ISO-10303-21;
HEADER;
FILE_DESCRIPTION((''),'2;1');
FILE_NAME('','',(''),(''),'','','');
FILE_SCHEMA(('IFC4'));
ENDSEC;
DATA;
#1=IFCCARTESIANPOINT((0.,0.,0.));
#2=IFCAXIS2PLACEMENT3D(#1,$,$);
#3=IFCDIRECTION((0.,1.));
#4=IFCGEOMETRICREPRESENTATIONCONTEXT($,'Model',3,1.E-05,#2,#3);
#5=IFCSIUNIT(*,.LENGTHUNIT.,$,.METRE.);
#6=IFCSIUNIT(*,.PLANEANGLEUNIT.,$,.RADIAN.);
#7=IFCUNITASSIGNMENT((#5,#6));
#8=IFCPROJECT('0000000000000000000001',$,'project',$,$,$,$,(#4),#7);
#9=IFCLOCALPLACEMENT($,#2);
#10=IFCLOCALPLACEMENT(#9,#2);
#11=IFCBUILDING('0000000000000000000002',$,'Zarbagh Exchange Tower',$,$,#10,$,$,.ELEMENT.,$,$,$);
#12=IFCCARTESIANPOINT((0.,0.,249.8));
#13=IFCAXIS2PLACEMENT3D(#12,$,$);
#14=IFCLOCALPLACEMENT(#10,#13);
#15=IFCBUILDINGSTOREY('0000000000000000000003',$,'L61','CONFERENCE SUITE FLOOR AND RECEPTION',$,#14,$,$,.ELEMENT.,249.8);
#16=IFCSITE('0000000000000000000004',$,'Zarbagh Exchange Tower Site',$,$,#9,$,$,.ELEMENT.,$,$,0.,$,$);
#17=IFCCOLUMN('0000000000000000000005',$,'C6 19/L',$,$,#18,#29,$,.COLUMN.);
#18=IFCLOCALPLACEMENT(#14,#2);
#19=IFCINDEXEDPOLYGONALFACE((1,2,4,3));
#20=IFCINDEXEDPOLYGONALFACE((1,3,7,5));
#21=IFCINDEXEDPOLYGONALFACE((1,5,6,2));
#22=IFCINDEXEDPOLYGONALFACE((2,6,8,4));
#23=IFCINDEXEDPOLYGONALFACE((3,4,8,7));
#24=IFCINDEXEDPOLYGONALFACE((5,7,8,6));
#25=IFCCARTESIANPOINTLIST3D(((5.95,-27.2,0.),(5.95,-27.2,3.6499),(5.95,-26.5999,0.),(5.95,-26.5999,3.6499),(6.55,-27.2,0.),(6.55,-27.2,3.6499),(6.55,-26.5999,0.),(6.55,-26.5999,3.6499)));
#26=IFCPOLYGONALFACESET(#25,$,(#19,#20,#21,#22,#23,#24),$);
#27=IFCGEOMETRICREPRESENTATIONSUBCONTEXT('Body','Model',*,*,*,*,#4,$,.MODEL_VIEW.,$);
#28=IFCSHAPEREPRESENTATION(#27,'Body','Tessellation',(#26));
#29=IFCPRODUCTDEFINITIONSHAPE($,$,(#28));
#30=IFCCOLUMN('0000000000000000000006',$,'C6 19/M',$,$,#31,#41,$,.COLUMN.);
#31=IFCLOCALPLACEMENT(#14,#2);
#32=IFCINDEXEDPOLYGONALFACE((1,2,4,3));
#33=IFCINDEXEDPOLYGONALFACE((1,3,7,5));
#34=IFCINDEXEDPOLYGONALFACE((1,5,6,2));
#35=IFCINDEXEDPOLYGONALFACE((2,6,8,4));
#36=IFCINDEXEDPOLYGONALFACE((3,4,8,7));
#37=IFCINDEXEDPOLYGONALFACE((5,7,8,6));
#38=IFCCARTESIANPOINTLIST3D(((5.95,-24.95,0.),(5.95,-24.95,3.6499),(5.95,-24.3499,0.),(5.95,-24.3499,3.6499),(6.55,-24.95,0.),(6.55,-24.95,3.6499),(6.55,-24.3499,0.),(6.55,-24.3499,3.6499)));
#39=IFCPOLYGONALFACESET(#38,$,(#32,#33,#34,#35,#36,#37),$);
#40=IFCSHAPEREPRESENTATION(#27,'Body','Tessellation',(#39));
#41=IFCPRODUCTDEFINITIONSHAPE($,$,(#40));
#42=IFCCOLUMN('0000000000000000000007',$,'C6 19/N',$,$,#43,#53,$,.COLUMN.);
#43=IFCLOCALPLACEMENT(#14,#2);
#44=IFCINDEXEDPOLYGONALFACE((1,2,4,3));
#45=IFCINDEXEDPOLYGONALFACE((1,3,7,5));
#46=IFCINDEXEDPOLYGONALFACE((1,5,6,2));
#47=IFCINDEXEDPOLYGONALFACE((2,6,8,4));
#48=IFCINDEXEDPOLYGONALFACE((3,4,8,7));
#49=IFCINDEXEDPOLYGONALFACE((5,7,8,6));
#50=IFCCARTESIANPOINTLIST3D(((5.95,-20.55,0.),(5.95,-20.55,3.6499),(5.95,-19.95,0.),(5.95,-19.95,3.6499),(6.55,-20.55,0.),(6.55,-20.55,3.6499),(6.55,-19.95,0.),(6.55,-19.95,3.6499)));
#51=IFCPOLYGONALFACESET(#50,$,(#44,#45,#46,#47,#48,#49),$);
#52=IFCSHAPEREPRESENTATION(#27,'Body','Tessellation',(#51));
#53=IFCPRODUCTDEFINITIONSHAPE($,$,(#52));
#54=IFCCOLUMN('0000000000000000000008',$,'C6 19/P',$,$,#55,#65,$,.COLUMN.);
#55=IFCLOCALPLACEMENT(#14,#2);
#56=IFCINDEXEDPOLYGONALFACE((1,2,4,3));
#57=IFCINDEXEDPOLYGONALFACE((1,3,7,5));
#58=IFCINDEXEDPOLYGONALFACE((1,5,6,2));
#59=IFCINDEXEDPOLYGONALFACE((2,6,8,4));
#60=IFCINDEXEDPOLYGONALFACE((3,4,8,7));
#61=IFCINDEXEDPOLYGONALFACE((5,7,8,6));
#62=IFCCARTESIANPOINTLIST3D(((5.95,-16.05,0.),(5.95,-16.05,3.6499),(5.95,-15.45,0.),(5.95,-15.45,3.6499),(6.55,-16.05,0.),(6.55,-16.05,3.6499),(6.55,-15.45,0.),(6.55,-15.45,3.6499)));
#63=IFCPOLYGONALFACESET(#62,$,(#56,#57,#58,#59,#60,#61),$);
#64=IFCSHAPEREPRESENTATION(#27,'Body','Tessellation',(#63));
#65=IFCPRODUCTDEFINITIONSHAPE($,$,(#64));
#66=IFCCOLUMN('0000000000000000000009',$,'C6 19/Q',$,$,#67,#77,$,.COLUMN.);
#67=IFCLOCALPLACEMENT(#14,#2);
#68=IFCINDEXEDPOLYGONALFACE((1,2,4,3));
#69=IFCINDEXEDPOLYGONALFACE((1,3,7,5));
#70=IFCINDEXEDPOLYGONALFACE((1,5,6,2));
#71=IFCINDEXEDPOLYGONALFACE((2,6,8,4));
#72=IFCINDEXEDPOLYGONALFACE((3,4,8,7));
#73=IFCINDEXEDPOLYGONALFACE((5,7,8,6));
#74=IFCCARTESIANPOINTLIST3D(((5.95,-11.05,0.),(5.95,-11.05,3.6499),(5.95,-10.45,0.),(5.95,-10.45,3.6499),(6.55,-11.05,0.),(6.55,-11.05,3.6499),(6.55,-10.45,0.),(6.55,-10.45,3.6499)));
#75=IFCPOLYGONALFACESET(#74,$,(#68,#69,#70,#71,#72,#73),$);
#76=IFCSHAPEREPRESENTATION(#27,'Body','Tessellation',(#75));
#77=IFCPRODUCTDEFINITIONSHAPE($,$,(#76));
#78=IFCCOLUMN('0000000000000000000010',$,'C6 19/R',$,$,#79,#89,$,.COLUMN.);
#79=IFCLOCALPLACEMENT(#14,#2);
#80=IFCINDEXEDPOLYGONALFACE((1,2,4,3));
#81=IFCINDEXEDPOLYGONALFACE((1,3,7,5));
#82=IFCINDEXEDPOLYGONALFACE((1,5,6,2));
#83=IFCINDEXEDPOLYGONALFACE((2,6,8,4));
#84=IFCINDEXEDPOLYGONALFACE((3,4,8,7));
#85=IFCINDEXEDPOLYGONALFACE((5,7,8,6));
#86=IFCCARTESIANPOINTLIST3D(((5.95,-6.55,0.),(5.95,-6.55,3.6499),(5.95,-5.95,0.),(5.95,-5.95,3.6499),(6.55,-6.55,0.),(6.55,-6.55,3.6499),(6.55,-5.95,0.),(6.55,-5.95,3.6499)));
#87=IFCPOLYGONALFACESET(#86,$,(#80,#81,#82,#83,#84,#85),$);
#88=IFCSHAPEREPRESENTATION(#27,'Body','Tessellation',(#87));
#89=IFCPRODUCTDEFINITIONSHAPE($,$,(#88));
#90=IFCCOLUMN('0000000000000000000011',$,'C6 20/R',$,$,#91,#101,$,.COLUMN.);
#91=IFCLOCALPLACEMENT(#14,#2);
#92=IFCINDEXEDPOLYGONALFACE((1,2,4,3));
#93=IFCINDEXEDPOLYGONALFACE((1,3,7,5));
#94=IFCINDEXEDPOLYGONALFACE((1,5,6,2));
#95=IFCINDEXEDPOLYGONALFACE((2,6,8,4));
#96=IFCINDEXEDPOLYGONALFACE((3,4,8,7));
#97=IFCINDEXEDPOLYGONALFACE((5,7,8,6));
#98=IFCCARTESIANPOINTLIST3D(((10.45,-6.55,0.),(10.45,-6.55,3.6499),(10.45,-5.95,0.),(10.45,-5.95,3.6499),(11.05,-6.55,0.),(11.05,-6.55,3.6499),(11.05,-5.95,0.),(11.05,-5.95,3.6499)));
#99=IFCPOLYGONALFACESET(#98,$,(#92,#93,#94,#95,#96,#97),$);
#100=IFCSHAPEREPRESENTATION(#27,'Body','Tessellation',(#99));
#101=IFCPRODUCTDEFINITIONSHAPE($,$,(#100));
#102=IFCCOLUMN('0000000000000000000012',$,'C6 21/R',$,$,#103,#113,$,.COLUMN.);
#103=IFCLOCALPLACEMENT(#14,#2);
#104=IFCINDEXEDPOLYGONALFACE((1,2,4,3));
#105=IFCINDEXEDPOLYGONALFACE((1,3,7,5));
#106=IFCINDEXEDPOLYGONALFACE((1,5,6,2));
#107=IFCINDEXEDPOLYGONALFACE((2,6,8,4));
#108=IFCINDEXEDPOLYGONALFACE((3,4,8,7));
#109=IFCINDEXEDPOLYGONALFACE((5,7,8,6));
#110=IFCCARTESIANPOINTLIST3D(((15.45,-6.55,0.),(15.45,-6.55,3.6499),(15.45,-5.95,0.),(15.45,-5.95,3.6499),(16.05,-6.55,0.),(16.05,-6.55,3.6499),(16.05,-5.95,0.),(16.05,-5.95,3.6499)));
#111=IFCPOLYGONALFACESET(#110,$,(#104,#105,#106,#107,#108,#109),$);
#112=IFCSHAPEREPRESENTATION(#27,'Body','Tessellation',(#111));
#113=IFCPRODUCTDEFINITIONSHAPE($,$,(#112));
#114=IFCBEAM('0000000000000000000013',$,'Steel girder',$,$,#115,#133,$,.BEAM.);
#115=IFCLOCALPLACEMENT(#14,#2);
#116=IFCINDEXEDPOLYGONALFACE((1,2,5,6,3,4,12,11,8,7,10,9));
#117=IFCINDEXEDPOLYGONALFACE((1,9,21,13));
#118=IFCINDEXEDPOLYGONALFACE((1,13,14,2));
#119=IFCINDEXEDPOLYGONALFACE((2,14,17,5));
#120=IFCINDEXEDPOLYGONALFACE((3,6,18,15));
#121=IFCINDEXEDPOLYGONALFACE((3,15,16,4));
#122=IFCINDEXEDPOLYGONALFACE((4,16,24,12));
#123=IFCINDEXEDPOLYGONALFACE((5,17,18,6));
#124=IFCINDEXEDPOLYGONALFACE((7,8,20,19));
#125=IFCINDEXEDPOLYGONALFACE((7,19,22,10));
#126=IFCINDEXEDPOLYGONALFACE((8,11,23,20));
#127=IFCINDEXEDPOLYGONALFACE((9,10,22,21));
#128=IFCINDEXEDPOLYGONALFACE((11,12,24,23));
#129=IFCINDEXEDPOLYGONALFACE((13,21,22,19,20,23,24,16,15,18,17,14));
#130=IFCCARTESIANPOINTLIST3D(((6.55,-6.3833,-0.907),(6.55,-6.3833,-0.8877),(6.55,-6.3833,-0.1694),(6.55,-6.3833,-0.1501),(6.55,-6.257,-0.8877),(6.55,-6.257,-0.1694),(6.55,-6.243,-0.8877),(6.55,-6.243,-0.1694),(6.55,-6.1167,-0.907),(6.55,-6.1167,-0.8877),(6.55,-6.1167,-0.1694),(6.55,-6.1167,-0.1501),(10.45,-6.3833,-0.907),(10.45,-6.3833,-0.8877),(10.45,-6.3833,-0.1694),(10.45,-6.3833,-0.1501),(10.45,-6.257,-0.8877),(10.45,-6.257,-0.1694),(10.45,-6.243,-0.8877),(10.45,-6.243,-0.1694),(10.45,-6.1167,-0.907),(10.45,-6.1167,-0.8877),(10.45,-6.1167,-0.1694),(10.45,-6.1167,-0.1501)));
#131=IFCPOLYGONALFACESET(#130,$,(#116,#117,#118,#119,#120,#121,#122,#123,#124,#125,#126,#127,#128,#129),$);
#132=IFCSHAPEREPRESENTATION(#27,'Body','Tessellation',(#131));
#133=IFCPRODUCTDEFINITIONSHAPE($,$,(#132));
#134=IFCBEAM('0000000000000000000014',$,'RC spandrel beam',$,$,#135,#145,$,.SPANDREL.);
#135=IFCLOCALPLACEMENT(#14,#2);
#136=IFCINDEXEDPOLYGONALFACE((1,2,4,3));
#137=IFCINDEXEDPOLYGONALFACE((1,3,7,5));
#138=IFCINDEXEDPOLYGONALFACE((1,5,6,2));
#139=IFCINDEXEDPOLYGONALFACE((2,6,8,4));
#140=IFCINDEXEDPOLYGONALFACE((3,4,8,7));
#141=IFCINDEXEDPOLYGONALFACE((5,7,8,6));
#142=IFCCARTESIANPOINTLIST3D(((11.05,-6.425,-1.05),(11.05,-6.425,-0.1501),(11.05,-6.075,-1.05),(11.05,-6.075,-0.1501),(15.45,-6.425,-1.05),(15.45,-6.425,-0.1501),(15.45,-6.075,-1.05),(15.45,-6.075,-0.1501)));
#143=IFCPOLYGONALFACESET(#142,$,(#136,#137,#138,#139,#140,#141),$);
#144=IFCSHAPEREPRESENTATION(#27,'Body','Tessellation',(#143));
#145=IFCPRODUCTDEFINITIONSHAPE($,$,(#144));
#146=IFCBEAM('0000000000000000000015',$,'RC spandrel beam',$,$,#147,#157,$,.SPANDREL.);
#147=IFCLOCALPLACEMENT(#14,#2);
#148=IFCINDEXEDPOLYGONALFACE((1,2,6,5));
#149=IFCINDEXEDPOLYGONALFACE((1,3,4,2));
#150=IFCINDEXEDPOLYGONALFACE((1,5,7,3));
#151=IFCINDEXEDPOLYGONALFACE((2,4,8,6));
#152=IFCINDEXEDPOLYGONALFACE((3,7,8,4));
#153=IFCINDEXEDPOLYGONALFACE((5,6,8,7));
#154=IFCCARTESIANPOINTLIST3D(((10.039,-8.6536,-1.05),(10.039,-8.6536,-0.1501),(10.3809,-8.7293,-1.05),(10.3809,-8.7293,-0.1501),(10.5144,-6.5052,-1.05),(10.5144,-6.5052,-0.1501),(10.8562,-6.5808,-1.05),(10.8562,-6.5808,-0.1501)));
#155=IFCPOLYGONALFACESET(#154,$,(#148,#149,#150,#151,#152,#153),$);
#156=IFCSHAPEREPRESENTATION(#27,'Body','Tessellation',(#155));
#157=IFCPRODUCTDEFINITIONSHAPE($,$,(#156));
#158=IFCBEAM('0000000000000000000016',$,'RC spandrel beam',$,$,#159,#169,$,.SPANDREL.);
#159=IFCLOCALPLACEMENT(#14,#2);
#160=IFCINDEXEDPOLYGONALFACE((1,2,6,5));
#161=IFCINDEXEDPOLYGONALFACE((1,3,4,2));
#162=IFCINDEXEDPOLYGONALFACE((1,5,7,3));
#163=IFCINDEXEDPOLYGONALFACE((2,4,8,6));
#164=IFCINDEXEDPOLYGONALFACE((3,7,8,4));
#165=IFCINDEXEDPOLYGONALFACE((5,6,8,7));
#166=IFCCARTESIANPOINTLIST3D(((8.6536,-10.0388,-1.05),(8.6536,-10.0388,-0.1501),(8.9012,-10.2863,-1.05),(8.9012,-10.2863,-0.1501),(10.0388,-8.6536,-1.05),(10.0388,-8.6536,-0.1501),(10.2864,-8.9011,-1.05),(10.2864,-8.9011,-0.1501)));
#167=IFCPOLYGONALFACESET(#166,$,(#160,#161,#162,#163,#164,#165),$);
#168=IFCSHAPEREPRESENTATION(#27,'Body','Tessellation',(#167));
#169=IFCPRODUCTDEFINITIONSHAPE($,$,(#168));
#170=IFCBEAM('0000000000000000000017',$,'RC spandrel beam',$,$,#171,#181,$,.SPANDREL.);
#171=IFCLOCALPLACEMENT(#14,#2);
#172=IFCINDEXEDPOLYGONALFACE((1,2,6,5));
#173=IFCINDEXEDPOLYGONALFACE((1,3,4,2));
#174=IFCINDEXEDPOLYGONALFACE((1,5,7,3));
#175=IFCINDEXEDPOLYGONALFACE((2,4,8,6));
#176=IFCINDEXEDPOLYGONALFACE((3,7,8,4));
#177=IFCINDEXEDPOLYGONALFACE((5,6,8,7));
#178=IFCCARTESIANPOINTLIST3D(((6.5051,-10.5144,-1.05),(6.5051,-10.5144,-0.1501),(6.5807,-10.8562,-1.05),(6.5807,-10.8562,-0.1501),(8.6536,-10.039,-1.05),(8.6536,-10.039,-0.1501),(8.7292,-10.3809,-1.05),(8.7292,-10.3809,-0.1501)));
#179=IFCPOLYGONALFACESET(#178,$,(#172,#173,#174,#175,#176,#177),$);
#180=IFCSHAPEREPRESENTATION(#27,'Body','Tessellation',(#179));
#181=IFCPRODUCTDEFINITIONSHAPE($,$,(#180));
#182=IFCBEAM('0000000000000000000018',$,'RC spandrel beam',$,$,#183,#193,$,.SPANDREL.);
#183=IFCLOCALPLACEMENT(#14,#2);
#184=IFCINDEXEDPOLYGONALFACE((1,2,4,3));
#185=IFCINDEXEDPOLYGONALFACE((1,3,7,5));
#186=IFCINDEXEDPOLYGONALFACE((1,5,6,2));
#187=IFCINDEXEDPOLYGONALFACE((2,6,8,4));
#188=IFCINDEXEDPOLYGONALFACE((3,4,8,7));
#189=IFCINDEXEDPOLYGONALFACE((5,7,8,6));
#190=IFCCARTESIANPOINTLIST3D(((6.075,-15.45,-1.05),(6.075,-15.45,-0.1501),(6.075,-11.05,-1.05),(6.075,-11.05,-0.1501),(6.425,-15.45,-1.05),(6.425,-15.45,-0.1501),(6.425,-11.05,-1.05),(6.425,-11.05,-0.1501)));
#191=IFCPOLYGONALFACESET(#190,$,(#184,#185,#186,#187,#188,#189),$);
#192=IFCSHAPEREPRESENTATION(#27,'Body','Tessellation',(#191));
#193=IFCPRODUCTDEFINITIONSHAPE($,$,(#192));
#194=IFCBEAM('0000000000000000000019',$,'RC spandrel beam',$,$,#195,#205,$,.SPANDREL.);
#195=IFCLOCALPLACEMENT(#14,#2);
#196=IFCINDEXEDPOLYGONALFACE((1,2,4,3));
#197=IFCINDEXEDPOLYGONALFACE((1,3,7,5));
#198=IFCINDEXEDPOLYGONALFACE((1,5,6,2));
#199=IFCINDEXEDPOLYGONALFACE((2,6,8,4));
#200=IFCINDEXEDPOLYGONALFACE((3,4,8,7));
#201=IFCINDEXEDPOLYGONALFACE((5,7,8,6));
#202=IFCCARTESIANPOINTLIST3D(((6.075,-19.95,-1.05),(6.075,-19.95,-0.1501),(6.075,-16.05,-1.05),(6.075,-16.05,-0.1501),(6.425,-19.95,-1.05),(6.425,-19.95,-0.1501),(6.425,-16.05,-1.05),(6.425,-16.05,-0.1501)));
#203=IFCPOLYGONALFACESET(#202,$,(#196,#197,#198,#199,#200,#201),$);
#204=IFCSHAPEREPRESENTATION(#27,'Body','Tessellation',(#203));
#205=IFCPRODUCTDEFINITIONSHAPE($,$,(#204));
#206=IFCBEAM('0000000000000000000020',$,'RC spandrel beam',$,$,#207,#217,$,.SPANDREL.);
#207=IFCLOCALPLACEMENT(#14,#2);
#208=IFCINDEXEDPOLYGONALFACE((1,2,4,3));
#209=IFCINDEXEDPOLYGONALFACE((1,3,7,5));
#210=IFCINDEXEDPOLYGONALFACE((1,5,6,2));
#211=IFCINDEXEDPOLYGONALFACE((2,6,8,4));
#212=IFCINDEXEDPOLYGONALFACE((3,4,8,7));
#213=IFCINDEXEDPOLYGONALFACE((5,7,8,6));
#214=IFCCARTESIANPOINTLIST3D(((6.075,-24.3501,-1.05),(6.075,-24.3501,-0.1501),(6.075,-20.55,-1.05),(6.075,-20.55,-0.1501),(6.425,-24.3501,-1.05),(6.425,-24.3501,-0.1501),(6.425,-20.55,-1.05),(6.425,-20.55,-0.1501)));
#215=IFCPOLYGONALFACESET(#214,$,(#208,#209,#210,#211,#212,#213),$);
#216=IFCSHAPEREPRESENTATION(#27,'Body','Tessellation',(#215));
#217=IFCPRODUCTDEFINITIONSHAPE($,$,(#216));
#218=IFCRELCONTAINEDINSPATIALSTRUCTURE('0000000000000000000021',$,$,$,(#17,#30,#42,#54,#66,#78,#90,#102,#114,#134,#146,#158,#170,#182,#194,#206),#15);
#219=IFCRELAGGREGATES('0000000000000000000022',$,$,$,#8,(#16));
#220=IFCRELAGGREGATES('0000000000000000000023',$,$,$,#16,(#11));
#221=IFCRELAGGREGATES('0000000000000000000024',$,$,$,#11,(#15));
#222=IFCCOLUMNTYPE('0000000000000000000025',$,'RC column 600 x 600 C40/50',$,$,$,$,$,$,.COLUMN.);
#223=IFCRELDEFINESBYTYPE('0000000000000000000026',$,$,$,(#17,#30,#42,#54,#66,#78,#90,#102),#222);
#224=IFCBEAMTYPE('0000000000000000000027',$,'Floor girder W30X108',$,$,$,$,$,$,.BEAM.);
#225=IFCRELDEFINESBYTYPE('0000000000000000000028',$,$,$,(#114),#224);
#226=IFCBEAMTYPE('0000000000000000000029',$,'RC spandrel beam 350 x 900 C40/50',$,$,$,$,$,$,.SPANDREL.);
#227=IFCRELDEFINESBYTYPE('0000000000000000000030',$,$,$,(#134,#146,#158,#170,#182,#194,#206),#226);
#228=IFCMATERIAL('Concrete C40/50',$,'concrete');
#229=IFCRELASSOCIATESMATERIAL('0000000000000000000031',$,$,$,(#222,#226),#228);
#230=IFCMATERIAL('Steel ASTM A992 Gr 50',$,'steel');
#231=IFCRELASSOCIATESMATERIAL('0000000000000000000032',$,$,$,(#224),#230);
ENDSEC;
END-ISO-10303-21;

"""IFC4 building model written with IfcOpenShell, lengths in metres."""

from ifc_helpers import new_model, si_unit, direction, frame, origin, origin_2d, place, context, subcontext, project, spatial, rectangle, i_section, extrude, material, material_profile, profile_set, type_object, element, save


model = new_model("IFC4")

# Units and contexts
model_context = context("Model", 3, precision=1e-05, world=origin(), true_north=direction((0.0, 1.0)))
body_context = subcontext(model_context, "Body", "Model", "MODEL_VIEW")
ifc_project = project(units=[si_unit("LENGTHUNIT", "METRE"), si_unit("PLANEANGLEUNIT", "RADIAN")], contexts=[model_context])

# Site, building, storey
site_placement = place(None, origin())
site = spatial("IfcSite", under=ifc_project, at=site_placement, Name="Zarbagh Exchange Tower Site", CompositionType="ELEMENT", RefElevation=0.0)
building_placement = place(site_placement, origin())
building = spatial("IfcBuilding", under=site, at=building_placement, Name="Zarbagh Exchange Tower", CompositionType="ELEMENT")
storey_placement = place(building_placement, frame((0.0, 0.0, 249.8)))
storey = spatial("IfcBuildingStorey", under=building, at=storey_placement, Name="L61", Description="CONFERENCE SUITE FLOOR AND RECEPTION", CompositionType="ELEMENT", Elevation=249.8)

# Columns
ifc_material_1 = material(Name="Concrete C40/50", Category="concrete")
ifc_material_profile_1 = material_profile(ifc_material_1, rectangle(XDim=0.6001, YDim=0.6001, at=origin_2d()), Name="RC column 600 x 600 C40/50")
ifc_profile_set_1 = profile_set([ifc_material_profile_1], Name="Concrete C40/50")
column_type = type_object("IfcColumnType", Name="RC column 600 x 600 C40/50", PredefinedType="COLUMN", material=ifc_profile_set_1)
for number, where, z_axis, x_axis, name in (
    (1, (6.25, -26.8999, 0.0), (0.0, 0.0, 1.0), (1.0, 0.0, 0.0), "C6 19/L"),
    (2, (6.25, -24.6499, 0.0), (0.0, 0.0, 1.0), (1.0, 0.0, 0.0), "C6 19/M"),
    (3, (6.25, -20.25, 0.0), (0.0, 0.0, 1.0), (1.0, 0.0, 0.0), "C6 19/N"),
    (4, (6.25, -15.75, 0.0), (0.0, 0.0, 1.0), (1.0, 0.0, 0.0), "C6 19/P"),
    (5, (6.25, -10.75, 0.0), (0.0, 0.0, 1.0), (1.0, 0.0, 0.0), "C6 19/Q"),
    (6, (6.25, -6.25, 0.0), (0.0, 0.0, 1.0), (1.0, 0.0, 0.0), "C6 19/R"),
    (7, (10.75, -6.25, 0.0), (0.0, 0.0, 1.0), (1.0, 0.0, 0.0), "C6 20/R"),
    (8, (15.75, -6.25, 0.0), (0.0, 0.0, 1.0), (1.0, 0.0, 0.0), "C6 21/R"),
):
    element("IfcColumn", number, at=place(storey_placement, frame(where, z_axis=z_axis, x_axis=x_axis)), inside=storey, type_object=column_type, Name=name, PredefinedType="COLUMN", context=body_context, shape_type="SweptSolid", body=[
        extrude(rectangle(XDim=0.6001, YDim=0.6001, at=origin_2d()), origin(), (0.0, 0.0, 1.0), 3.6499),
    ])

# Beams
ifc_material_2 = material(Name="Steel ASTM A992 Gr 50", Category="steel")
ifc_material_profile_2 = material_profile(ifc_material_2, i_section(OverallWidth=0.2666, OverallDepth=0.7568, WebThickness=0.0139, FlangeThickness=0.0193, at=origin_2d()), Name="W30X108")
ifc_profile_set_2 = profile_set([ifc_material_profile_2], Name="Steel ASTM A992 Gr 50")
beam_type_1 = type_object("IfcBeamType", Name="Floor girder W30X108", PredefinedType="BEAM", material=ifc_profile_set_2)
beam_1_placement = place(storey_placement, frame((6.55, -6.25, -0.5286), z_axis=(1.0, 0.0, 0.0), x_axis=(0.0, 1.0, 0.0)))
element("IfcBeam", 9, at=beam_1_placement, inside=storey, type_object=beam_type_1, Name="Steel girder", PredefinedType="BEAM", context=body_context, shape_type="SweptSolid", body=[
    extrude(i_section(OverallWidth=0.2666, OverallDepth=0.7568, WebThickness=0.0139, FlangeThickness=0.0193, at=origin_2d()), origin(), (0.0, 0.0, 1.0), 3.8999),
])
ifc_material_profile_3 = material_profile(ifc_material_1, rectangle(XDim=0.3501, YDim=0.8999, at=origin_2d()), Name="RC spandrel beam 350 x 900 C40/50")
ifc_profile_set_3 = profile_set([ifc_material_profile_3], Name="Concrete C40/50")
beam_type_2 = type_object("IfcBeamType", Name="RC spandrel beam 350 x 900 C40/50", PredefinedType="SPANDREL", material=ifc_profile_set_3)
beam_2_placement = place(storey_placement, frame((15.45, -6.25, -0.6001), z_axis=(-1.0, 0.0, 0.0), x_axis=(0.0, -1.0, 0.0)))
element("IfcBeam", 10, at=beam_2_placement, inside=storey, type_object=beam_type_2, Name="RC spandrel beam", PredefinedType="SPANDREL", context=body_context, shape_type="SweptSolid", body=[
    extrude(rectangle(XDim=0.3501, YDim=0.8999, at=origin_2d()), origin(), (0.0, 0.0, 1.0), 4.3999),
])
beam_3_placement = place(storey_placement, frame((10.6853, -6.543, -0.6001), z_axis=(-0.216026, -0.976388, 0.0), x_axis=(0.976388, -0.216026, 0.0)))
element("IfcBeam", 11, at=beam_3_placement, inside=storey, type_object=beam_type_2, Name="RC spandrel beam", PredefinedType="SPANDREL", context=body_context, shape_type="SweptSolid", body=[
    extrude(rectangle(XDim=0.3501, YDim=0.8999, at=origin_2d()), origin(), (0.0, 0.0, 1.0), 2.2004),
])
beam_4_placement = place(storey_placement, frame((10.1626, -8.7773, -0.6001), z_axis=(-0.707107, -0.707107, 0.0), x_axis=(0.707107, -0.707107, 0.0)))
element("IfcBeam", 12, at=beam_4_placement, inside=storey, type_object=beam_type_2, Name="RC spandrel beam", PredefinedType="SPANDREL", context=body_context, shape_type="SweptSolid", body=[
    extrude(rectangle(XDim=0.3501, YDim=0.8999, at=origin_2d()), origin(), (0.0, 0.0, 1.0), 1.959),
])
beam_5_placement = place(storey_placement, frame((8.6914, -10.21, -0.6001), z_axis=(-0.976388, -0.216026, 0.0), x_axis=(0.216026, -0.976388, 0.0)))
element("IfcBeam", 13, at=beam_5_placement, inside=storey, type_object=beam_type_2, Name="RC spandrel beam", PredefinedType="SPANDREL", context=body_context, shape_type="SweptSolid", body=[
    extrude(rectangle(XDim=0.3501, YDim=0.8999, at=origin_2d()), origin(), (0.0, 0.0, 1.0), 2.2004),
])
beam_6_placement = place(storey_placement, frame((6.25, -11.05, -0.6001), z_axis=(0.0, -1.0, 0.0), x_axis=(1.0, 0.0, 0.0)))
element("IfcBeam", 14, at=beam_6_placement, inside=storey, type_object=beam_type_2, Name="RC spandrel beam", PredefinedType="SPANDREL", context=body_context, shape_type="SweptSolid", body=[
    extrude(rectangle(XDim=0.3501, YDim=0.8999, at=origin_2d()), origin(), (0.0, 0.0, 1.0), 4.3999),
])
beam_7_placement = place(storey_placement, frame((6.25, -16.05, -0.6001), z_axis=(0.0, -1.0, 0.0), x_axis=(1.0, 0.0, 0.0)))
element("IfcBeam", 15, at=beam_7_placement, inside=storey, type_object=beam_type_2, Name="RC spandrel beam", PredefinedType="SPANDREL", context=body_context, shape_type="SweptSolid", body=[
    extrude(rectangle(XDim=0.3501, YDim=0.8999, at=origin_2d()), origin(), (0.0, 0.0, 1.0), 3.8999),
])
beam_8_placement = place(storey_placement, frame((6.25, -20.55, -0.6001), z_axis=(0.0, -1.0, 0.0), x_axis=(1.0, 0.0, 0.0)))
element("IfcBeam", 16, at=beam_8_placement, inside=storey, type_object=beam_type_2, Name="RC spandrel beam", PredefinedType="SPANDREL", context=body_context, shape_type="SweptSolid", body=[
    extrude(rectangle(XDim=0.3501, YDim=0.8999, at=origin_2d()), origin(), (0.0, 0.0, 1.0), 3.8),
])

save(model, "model.ifc")
